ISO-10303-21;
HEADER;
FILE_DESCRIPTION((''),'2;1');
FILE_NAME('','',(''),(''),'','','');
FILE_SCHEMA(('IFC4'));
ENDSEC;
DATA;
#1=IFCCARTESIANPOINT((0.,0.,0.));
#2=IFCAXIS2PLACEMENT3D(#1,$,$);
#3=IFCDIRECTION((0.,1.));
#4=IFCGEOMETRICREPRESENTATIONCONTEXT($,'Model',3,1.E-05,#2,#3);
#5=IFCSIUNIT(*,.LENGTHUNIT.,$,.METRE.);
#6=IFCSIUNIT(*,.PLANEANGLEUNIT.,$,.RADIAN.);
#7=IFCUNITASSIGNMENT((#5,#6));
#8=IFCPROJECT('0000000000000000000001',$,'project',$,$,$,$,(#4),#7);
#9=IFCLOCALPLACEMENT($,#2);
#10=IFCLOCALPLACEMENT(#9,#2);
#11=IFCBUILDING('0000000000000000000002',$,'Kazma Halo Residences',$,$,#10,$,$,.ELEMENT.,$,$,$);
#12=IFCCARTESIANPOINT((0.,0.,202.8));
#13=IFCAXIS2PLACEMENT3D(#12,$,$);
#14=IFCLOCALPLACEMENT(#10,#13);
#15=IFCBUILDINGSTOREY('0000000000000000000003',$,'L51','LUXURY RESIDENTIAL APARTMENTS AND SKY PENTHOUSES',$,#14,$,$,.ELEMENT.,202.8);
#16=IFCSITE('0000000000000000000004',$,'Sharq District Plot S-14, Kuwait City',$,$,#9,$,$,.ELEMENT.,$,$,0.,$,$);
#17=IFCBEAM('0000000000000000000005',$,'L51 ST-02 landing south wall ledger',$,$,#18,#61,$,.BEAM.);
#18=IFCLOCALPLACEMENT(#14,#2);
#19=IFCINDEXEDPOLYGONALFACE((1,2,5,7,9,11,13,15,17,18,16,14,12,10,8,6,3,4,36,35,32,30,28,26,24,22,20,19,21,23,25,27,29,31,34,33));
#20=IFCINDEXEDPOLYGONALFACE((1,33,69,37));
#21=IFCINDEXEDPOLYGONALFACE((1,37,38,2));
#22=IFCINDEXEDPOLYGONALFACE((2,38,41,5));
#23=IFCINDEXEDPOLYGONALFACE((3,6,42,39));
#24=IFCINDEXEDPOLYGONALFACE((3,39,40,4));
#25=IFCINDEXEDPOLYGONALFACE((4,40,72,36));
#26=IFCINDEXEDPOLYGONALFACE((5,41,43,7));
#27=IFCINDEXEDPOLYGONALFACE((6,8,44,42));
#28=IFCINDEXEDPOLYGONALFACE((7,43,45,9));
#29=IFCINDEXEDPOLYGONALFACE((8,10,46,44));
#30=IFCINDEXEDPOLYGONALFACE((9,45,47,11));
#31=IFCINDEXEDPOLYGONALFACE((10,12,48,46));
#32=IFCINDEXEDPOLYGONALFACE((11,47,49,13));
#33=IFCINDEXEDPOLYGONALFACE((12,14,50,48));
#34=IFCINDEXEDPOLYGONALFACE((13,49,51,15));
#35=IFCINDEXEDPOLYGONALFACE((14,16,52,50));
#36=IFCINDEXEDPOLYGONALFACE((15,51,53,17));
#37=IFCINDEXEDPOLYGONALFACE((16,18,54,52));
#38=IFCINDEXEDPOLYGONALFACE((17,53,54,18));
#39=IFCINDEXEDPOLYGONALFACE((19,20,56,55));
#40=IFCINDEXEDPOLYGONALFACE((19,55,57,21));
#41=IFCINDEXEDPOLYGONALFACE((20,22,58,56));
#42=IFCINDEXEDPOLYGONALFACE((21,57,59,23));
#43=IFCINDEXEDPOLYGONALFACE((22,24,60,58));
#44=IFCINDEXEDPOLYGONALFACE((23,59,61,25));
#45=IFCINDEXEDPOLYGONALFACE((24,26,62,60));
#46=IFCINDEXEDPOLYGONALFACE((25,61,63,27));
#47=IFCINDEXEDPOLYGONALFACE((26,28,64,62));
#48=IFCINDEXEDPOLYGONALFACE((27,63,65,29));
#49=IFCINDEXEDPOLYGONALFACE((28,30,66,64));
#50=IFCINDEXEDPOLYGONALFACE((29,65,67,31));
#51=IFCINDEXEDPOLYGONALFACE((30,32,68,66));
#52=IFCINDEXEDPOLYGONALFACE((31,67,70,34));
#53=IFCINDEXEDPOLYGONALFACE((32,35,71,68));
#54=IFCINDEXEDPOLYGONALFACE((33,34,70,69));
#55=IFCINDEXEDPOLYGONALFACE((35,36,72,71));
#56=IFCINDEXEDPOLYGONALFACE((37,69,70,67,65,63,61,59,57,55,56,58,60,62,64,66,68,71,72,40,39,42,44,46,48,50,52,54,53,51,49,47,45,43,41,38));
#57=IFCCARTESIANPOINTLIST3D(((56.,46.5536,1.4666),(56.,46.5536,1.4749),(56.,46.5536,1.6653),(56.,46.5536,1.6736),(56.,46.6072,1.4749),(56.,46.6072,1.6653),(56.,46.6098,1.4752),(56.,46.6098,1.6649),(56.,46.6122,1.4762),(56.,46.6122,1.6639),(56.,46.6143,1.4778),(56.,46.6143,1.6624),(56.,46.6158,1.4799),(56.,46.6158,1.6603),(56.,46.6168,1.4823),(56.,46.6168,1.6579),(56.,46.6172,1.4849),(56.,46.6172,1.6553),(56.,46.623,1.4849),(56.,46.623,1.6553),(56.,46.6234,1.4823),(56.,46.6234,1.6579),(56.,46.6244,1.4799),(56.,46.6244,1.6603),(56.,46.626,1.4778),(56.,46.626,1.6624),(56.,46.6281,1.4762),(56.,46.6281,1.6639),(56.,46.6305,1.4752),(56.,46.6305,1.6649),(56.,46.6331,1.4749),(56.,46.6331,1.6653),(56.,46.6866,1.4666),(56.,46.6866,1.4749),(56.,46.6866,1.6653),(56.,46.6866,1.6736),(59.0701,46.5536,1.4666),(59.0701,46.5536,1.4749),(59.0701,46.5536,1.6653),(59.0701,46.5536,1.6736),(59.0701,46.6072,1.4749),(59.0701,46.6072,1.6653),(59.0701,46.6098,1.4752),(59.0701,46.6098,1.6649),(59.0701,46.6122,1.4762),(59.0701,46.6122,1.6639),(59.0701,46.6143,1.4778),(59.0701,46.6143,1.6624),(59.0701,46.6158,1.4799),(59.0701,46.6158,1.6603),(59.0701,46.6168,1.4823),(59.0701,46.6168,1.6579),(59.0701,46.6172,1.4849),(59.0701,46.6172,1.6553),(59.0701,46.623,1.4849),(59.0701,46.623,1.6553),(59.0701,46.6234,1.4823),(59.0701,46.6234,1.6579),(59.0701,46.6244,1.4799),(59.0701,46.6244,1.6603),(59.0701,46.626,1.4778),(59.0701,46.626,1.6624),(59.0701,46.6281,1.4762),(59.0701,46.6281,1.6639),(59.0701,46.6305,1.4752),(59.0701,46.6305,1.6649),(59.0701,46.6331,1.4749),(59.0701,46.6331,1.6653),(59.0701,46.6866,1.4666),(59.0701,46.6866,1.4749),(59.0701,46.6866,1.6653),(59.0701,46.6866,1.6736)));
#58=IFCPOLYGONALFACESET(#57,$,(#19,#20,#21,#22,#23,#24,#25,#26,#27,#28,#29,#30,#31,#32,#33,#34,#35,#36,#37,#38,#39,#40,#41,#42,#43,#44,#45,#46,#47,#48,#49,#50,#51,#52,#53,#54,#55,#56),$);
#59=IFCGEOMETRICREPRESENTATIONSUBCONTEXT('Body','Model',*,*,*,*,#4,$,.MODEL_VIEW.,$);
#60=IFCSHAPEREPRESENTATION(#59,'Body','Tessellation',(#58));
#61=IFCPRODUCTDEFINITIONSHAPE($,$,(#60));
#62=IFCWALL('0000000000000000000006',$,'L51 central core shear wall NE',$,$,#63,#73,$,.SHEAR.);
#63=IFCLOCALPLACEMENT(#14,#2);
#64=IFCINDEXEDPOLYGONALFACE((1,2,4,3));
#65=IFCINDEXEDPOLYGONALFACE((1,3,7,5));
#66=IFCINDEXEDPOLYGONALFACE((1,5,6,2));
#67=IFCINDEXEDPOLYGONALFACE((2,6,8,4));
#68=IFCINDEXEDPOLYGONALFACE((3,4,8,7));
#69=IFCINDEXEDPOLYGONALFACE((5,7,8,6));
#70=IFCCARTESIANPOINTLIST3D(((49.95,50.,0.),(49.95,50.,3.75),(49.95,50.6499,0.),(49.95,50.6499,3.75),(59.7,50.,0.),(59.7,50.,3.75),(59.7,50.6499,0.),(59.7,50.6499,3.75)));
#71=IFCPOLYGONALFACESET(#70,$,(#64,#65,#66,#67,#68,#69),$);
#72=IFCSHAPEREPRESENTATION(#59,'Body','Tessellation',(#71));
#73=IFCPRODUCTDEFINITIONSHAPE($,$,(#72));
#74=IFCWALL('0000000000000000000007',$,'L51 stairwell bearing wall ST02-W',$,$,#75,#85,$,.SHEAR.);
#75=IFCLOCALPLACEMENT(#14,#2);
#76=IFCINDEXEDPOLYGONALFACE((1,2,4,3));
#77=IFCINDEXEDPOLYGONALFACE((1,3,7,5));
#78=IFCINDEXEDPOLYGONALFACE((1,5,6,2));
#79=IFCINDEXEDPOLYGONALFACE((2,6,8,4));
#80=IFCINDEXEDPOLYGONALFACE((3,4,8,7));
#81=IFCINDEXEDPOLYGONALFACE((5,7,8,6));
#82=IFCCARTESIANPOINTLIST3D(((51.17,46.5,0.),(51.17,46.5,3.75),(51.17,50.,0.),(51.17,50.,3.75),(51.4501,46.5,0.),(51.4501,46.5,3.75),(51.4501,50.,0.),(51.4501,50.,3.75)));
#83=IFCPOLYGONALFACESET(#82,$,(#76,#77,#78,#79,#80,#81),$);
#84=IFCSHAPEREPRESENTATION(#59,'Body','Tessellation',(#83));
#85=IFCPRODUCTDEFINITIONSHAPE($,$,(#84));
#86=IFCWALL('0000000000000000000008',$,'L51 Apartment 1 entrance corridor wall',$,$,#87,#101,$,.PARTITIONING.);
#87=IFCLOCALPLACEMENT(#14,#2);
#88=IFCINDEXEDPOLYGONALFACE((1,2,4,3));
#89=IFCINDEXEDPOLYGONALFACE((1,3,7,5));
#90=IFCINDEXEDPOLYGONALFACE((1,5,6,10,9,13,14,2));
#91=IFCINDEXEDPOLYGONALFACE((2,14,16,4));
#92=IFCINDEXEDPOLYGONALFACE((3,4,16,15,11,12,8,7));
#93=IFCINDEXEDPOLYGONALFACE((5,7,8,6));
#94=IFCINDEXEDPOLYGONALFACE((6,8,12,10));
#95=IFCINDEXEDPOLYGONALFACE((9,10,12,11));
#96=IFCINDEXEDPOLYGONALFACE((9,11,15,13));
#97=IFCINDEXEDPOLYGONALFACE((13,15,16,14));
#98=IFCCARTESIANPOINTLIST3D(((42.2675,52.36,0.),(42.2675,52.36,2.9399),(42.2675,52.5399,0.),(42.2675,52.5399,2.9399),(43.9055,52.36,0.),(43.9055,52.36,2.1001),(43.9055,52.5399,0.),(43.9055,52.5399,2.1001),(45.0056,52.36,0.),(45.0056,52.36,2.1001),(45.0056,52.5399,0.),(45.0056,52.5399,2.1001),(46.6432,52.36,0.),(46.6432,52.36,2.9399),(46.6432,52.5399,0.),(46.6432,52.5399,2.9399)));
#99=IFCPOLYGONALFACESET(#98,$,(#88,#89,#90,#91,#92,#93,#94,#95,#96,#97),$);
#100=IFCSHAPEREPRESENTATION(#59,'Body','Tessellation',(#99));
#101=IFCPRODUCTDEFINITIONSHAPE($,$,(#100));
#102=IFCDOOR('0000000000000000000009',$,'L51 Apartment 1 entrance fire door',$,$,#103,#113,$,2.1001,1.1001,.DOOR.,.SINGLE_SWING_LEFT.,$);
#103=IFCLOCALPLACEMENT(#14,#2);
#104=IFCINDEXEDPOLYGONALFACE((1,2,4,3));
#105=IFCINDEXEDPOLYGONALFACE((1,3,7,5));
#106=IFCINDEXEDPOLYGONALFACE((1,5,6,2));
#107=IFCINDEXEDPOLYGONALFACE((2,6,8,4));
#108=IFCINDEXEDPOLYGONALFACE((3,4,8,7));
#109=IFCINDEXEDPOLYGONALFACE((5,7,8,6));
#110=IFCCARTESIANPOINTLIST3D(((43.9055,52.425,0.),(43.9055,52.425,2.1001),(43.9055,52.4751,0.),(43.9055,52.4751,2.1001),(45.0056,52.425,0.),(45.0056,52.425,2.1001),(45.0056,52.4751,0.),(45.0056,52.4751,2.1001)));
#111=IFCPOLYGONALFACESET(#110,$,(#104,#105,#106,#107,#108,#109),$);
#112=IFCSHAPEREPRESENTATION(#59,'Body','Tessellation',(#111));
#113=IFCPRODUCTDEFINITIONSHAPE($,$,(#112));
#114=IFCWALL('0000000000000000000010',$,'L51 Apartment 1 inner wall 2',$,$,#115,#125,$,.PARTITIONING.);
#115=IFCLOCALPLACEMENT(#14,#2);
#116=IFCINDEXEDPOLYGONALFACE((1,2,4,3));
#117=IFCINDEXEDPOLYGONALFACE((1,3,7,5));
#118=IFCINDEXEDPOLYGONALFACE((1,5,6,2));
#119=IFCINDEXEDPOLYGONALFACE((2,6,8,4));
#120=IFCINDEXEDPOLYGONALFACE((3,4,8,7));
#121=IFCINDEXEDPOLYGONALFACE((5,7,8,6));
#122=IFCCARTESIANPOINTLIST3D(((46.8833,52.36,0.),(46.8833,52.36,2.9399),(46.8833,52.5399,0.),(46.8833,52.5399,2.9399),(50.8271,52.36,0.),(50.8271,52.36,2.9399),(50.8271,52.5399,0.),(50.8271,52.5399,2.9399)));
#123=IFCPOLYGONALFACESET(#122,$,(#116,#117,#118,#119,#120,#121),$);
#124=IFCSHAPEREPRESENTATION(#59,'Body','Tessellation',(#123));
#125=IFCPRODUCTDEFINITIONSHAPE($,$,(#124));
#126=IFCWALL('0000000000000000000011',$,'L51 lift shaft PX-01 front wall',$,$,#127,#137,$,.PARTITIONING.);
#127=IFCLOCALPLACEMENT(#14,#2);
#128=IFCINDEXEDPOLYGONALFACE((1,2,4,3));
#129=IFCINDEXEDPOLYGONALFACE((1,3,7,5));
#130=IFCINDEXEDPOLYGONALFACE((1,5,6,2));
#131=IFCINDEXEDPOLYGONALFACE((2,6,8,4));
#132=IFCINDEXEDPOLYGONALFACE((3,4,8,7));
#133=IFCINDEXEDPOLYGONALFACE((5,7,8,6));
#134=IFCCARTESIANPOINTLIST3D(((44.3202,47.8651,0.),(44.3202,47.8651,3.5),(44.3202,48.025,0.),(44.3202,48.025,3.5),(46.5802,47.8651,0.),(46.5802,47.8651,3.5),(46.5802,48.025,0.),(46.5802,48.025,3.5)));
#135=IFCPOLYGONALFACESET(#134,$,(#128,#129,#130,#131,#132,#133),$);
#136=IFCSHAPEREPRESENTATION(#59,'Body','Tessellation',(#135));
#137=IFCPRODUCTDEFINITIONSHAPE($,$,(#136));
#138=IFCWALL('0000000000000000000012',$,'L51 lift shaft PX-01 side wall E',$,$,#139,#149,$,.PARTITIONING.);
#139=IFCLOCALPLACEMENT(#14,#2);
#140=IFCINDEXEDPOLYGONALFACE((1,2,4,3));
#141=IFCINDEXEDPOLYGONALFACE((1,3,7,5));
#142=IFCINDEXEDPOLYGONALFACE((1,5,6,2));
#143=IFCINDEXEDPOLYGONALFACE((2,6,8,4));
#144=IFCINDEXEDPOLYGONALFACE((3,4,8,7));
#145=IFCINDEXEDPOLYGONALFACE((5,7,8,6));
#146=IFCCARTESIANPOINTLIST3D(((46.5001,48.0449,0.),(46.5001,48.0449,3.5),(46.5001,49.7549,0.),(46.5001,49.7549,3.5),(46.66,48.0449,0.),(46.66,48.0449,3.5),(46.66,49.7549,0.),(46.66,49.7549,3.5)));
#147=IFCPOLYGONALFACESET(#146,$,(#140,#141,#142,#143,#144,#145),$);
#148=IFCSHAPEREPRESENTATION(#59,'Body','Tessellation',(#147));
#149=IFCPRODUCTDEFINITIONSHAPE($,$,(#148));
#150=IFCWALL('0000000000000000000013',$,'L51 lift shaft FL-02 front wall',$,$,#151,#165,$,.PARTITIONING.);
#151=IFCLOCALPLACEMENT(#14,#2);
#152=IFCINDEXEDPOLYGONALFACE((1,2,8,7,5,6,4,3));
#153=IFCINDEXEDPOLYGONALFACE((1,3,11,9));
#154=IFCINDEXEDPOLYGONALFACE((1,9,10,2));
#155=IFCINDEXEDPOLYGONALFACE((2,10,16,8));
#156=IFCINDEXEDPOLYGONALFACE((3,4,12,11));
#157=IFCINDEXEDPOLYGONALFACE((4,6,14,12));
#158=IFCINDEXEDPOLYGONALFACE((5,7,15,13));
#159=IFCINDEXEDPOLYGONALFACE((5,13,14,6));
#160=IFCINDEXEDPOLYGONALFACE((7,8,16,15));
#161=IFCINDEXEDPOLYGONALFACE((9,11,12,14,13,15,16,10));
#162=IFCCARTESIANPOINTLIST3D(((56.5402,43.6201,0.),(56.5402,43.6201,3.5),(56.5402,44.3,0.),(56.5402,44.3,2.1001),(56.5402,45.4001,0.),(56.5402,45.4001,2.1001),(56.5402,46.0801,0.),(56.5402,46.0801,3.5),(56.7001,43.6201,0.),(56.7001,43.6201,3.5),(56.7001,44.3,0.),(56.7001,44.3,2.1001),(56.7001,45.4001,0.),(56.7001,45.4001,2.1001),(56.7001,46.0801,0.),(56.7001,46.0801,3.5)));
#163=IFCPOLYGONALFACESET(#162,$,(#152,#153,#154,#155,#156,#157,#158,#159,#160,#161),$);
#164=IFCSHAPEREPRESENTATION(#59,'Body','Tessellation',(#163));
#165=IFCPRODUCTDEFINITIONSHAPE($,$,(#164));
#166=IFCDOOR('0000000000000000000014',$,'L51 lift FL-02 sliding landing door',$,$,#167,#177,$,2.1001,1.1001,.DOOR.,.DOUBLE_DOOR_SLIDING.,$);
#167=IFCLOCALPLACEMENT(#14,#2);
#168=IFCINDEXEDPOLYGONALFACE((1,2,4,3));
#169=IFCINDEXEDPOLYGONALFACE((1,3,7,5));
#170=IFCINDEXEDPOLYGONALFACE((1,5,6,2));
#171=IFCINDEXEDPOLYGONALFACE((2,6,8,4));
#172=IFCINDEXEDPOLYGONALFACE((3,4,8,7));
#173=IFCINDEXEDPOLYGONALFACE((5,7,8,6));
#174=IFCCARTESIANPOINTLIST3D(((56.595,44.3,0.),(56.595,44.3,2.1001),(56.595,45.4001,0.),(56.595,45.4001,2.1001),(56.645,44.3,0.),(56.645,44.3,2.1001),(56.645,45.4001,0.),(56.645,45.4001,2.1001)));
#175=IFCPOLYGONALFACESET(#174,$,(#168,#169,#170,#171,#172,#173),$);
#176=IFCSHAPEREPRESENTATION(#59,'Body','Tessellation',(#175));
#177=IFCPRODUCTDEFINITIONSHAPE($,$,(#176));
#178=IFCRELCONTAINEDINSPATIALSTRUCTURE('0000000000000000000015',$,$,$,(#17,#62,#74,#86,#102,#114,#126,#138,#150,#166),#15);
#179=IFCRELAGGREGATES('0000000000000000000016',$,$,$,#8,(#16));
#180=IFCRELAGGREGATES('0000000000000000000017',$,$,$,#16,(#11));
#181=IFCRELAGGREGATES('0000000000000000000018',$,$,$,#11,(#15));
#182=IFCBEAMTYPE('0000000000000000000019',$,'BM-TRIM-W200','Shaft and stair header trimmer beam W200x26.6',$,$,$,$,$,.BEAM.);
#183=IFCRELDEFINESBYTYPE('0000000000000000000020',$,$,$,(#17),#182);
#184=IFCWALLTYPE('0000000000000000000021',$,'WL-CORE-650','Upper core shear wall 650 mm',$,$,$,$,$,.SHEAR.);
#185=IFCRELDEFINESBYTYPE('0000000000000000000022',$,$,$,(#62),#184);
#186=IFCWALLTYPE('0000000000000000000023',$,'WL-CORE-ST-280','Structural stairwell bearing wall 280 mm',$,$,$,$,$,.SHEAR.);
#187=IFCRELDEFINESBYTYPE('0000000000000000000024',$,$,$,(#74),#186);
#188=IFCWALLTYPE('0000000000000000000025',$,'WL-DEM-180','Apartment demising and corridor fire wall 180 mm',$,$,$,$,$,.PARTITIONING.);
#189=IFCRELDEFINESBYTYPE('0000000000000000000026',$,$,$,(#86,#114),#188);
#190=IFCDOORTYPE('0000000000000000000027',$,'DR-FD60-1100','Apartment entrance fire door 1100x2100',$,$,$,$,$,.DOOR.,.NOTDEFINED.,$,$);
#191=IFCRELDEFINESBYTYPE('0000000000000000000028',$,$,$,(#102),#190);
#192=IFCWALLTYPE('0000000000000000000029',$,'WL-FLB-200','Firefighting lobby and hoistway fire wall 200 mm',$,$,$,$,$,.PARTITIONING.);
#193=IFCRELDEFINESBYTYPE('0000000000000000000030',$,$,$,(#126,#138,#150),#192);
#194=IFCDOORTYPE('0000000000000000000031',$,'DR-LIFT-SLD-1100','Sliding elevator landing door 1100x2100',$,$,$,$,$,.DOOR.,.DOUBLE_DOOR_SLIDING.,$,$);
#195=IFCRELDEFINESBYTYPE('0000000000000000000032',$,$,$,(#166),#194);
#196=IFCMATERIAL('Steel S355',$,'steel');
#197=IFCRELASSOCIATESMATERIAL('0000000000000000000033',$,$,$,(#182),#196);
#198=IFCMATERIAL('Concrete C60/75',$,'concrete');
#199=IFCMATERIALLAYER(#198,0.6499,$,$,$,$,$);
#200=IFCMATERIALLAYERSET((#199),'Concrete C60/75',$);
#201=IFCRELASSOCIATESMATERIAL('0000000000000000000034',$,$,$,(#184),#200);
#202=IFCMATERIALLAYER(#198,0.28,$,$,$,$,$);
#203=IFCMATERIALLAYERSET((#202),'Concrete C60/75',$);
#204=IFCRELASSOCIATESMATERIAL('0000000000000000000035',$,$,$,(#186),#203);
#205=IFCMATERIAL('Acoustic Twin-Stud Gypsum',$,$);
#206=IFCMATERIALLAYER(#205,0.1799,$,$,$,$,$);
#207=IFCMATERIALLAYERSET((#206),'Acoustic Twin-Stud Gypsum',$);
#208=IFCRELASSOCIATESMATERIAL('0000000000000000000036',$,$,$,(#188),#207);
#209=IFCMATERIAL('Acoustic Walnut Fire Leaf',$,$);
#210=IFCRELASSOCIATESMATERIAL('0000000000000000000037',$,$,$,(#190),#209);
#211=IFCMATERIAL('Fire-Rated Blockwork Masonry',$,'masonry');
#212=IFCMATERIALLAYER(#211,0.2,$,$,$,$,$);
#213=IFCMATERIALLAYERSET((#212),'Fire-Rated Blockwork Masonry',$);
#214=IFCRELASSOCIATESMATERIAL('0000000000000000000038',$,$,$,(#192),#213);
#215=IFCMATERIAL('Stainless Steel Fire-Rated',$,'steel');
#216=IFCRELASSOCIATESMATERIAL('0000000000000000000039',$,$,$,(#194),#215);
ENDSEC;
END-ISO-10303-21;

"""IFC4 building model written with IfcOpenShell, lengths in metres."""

from ifc_helpers import new_model, si_unit, direction, frame, frame_2d, origin, origin_2d, place, context, subcontext, project, spatial, rectangle, i_section, extrude, material, layer, layer_set, material_profile, profile_set, type_object, element, fill, save


model = new_model("IFC4")

# Units and contexts
model_context = context("Model", 3, precision=1e-05, world=origin(), true_north=direction((0.0, 1.0)))
body_context = subcontext(model_context, "Body", "Model", "MODEL_VIEW")
ifc_project = project(units=[si_unit("LENGTHUNIT", "METRE"), si_unit("PLANEANGLEUNIT", "RADIAN")], contexts=[model_context])

# Site, building, storey
site_placement = place(None, origin())
site = spatial("IfcSite", under=ifc_project, at=site_placement, Name="Sharq District Plot S-14, Kuwait City", CompositionType="ELEMENT", RefElevation=0.0)
building_placement = place(site_placement, origin())
building = spatial("IfcBuilding", under=site, at=building_placement, Name="Kazma Halo Residences", CompositionType="ELEMENT")
storey_placement = place(building_placement, frame((0.0, 0.0, 202.8)))
storey = spatial("IfcBuildingStorey", under=building, at=storey_placement, Name="L51", Description="LUXURY RESIDENTIAL APARTMENTS AND SKY PENTHOUSES", CompositionType="ELEMENT", Elevation=202.8)

# Shared definitions
ifc_material_1 = material(Name="Steel S355", Category="steel")

# Beam
ifc_material_profile_1 = material_profile(ifc_material_1, i_section(OverallWidth=0.1331, OverallDepth=0.207, WebThickness=0.0059, FlangeThickness=0.0083, FilletRadius=0.01, at=origin_2d()), Name="W200x26.6")
ifc_profile_set_1 = profile_set([ifc_material_profile_1], Name="Steel S355")
beam_type_1 = type_object("IfcBeamType", Name="BM-TRIM-W200", Description="Shaft and stair header trimmer beam W200x26.6", PredefinedType="BEAM", material=ifc_profile_set_1)
beam_1_placement = place(storey_placement, frame((56.0, 46.6201, 1.5701), z_axis=(1.0, 0.0, 0.0), x_axis=(0.0, 1.0, 0.0)))
element("IfcBeam", 1, at=beam_1_placement, inside=storey, type_object=beam_type_1, Name="L51 ST-02 landing south wall ledger", PredefinedType="BEAM", context=body_context, shape_type="SweptSolid", body=[
    extrude(i_section(OverallWidth=0.1331, OverallDepth=0.207, WebThickness=0.0059, FlangeThickness=0.0083, FilletRadius=0.01, at=origin_2d()), origin(), (0.0, 0.0, 1.0), 3.0701),
])

# Walls
ifc_material_2 = material(Name="Concrete C60/75", Category="concrete")
ifc_layer_1 = layer(ifc_material_2, 0.6499)
ifc_layer_set_1 = layer_set([ifc_layer_1], Name="Concrete C60/75")
wall_type_1 = type_object("IfcWallType", Name="WL-CORE-650", Description="Upper core shear wall 650 mm", PredefinedType="SHEAR", material=ifc_layer_set_1)
wall_1_placement = place(storey_placement, frame((49.95, 50.325, 0.0), z_axis=(0.0, 0.0, 1.0), x_axis=(1.0, 0.0, 0.0)))
element("IfcWall", 2, at=wall_1_placement, inside=storey, type_object=wall_type_1, Name="L51 central core shear wall NE", PredefinedType="SHEAR", context=body_context, shape_type="SweptSolid", body=[
    extrude(rectangle(XDim=9.75, YDim=0.6499, at=frame_2d((4.875, 0.0))), origin(), (0.0, 0.0, 1.0), 3.75),
])
ifc_layer_2 = layer(ifc_material_2, 0.28)
ifc_layer_set_2 = layer_set([ifc_layer_2], Name="Concrete C60/75")
wall_type_2 = type_object("IfcWallType", Name="WL-CORE-ST-280", Description="Structural stairwell bearing wall 280 mm", PredefinedType="SHEAR", material=ifc_layer_set_2)
wall_2_placement = place(storey_placement, frame((51.3101, 46.5, 0.0), z_axis=(0.0, 0.0, 1.0), x_axis=(0.0, 1.0, 0.0)))
element("IfcWall", 3, at=wall_2_placement, inside=storey, type_object=wall_type_2, Name="L51 stairwell bearing wall ST02-W", PredefinedType="SHEAR", context=body_context, shape_type="SweptSolid", body=[
    extrude(rectangle(XDim=3.5, YDim=0.28, at=frame_2d((1.75, 0.0))), origin(), (0.0, 0.0, 1.0), 3.75),
])

# Wall, opening, door
ifc_material_3 = material(Name="Acoustic Twin-Stud Gypsum")
ifc_layer_3 = layer(ifc_material_3, 0.1799)
ifc_layer_set_3 = layer_set([ifc_layer_3], Name="Acoustic Twin-Stud Gypsum")
wall_type_3 = type_object("IfcWallType", Name="WL-DEM-180", Description="Apartment demising and corridor fire wall 180 mm", PredefinedType="PARTITIONING", material=ifc_layer_set_3)
wall_3_placement = place(storey_placement, frame((46.6433, 52.45, 0.0), z_axis=(0.0, 0.0, 1.0), x_axis=(-1.0, 0.0, 0.0)))
wall_3 = element("IfcWall", 4, at=wall_3_placement, inside=storey, type_object=wall_type_3, Name="L51 Apartment 1 entrance corridor wall", PredefinedType="PARTITIONING", context=body_context, shape_type="SweptSolid", body=[
    extrude(rectangle(XDim=4.3757, YDim=0.1799, at=frame_2d((2.188, 0.0))), origin(), (0.0, 0.0, 1.0), 2.9399),
])
opening_1_placement = place(wall_3_placement, frame((1.6377, 0.0, 0.0)))
opening_1 = element("IfcOpeningElement", 5, at=opening_1_placement, cuts=wall_3, PredefinedType="OPENING", context=body_context, shape_type="SweptSolid", body=[
    extrude(rectangle(XDim=1.1001, YDim=2.1001, at=frame_2d((0.55, 1.05))), frame((0.0, 0.0999, 0.0), z_axis=(0.0, -1.0, 0.0), x_axis=(1.0, 0.0, 0.0)), (0.0, 0.0, 1.0), 0.2),
])
ifc_material_4 = material(Name="Acoustic Walnut Fire Leaf")
door_type_1 = type_object("IfcDoorType", Name="DR-FD60-1100", Description="Apartment entrance fire door 1100x2100", OperationType="NOTDEFINED", PredefinedType="DOOR", material=ifc_material_4)
door_1_placement = place(opening_1_placement, origin())
door_1 = element("IfcDoor", 6, at=door_1_placement, inside=storey, type_object=door_type_1, Name="L51 Apartment 1 entrance fire door", OperationType="SINGLE_SWING_LEFT", OverallHeight=2.1001, OverallWidth=1.1001, PredefinedType="DOOR", context=body_context, shape_type="SweptSolid", body=[
    extrude(rectangle(XDim=1.1001, YDim=2.1001, at=frame_2d((0.55, 1.05))), frame((0.0, 0.0249, 0.0), z_axis=(0.0, -1.0, 0.0), x_axis=(1.0, 0.0, 0.0)), (0.0, 0.0, 1.0), 0.05),
])
fill(opening_1, door_1)

# Walls
wall_4_placement = place(storey_placement, frame((50.8271, 52.45, 0.0), z_axis=(0.0, 0.0, 1.0), x_axis=(-1.0, 0.0, 0.0)))
element("IfcWall", 7, at=wall_4_placement, inside=storey, type_object=wall_type_3, Name="L51 Apartment 1 inner wall 2", PredefinedType="PARTITIONING", context=body_context, shape_type="SweptSolid", body=[
    extrude(rectangle(XDim=3.9438, YDim=0.1799, at=frame_2d((1.9719, 0.0))), origin(), (0.0, 0.0, 1.0), 2.9399),
])
ifc_material_5 = material(Name="Fire-Rated Blockwork Masonry", Category="masonry")
ifc_layer_4 = layer(ifc_material_5, 0.2)
ifc_layer_set_4 = layer_set([ifc_layer_4], Name="Fire-Rated Blockwork Masonry")
wall_type_4 = type_object("IfcWallType", Name="WL-FLB-200", Description="Firefighting lobby and hoistway fire wall 200 mm", PredefinedType="PARTITIONING", material=ifc_layer_set_4)
wall_5_placement = place(storey_placement, frame((46.5801, 47.9451, 0.0), z_axis=(0.0, 0.0, 1.0), x_axis=(-1.0, 0.0, 0.0)))
element("IfcWall", 8, at=wall_5_placement, inside=storey, type_object=wall_type_4, Name="L51 lift shaft PX-01 front wall", PredefinedType="PARTITIONING", context=body_context, shape_type="SweptSolid", body=[
    extrude(rectangle(XDim=2.26, YDim=0.1599, at=frame_2d((1.1299, 0.0))), origin(), (0.0, 0.0, 1.0), 3.5),
])
wall_6_placement = place(storey_placement, frame((46.5801, 48.0449, 0.0), z_axis=(0.0, 0.0, 1.0), x_axis=(0.0, 1.0, 0.0)))
element("IfcWall", 9, at=wall_6_placement, inside=storey, type_object=wall_type_4, Name="L51 lift shaft PX-01 side wall E", PredefinedType="PARTITIONING", context=body_context, shape_type="SweptSolid", body=[
    extrude(rectangle(XDim=1.71, YDim=0.1599, at=frame_2d((0.855, 0.0))), origin(), (0.0, 0.0, 1.0), 3.5),
])

# Wall, opening, door
wall_7_placement = place(storey_placement, frame((56.6201, 46.0801, 0.0), z_axis=(0.0, 0.0, 1.0), x_axis=(0.0, -1.0, 0.0)))
wall_7 = element("IfcWall", 10, at=wall_7_placement, inside=storey, type_object=wall_type_4, Name="L51 lift shaft FL-02 front wall", PredefinedType="PARTITIONING", context=body_context, shape_type="SweptSolid", body=[
    extrude(rectangle(XDim=2.46, YDim=0.1599, at=frame_2d((1.23, 0.0))), origin(), (0.0, 0.0, 1.0), 3.5),
])
opening_2_placement = place(wall_7_placement, frame((0.6799, 0.0, 0.0)))
opening_2 = element("IfcOpeningElement", 11, at=opening_2_placement, cuts=wall_7, PredefinedType="OPENING", context=body_context, shape_type="SweptSolid", body=[
    extrude(rectangle(XDim=1.1001, YDim=2.1001, at=frame_2d((0.55, 1.05))), frame((0.0, 0.0898, 0.0), z_axis=(0.0, -1.0, 0.0), x_axis=(1.0, 0.0, 0.0)), (0.0, 0.0, 1.0), 0.1799),
])
ifc_material_6 = material(Name="Stainless Steel Fire-Rated", Category="steel")
door_type_2 = type_object("IfcDoorType", Name="DR-LIFT-SLD-1100", Description="Sliding elevator landing door 1100x2100", OperationType="DOUBLE_DOOR_SLIDING", PredefinedType="DOOR", material=ifc_material_6)
door_2_placement = place(opening_2_placement, origin())
door_2 = element("IfcDoor", 12, at=door_2_placement, inside=storey, type_object=door_type_2, Name="L51 lift FL-02 sliding landing door", OperationType="DOUBLE_DOOR_SLIDING", OverallHeight=2.1001, OverallWidth=1.1001, PredefinedType="DOOR", context=body_context, shape_type="SweptSolid", body=[
    extrude(rectangle(XDim=1.1001, YDim=2.1001, at=frame_2d((0.55, 1.05))), frame((0.0, 0.0249, 0.0), z_axis=(0.0, -1.0, 0.0), x_axis=(1.0, 0.0, 0.0)), (0.0, 0.0, 1.0), 0.05),
])
fill(opening_2, door_2)

save(model, "model.ifc")
